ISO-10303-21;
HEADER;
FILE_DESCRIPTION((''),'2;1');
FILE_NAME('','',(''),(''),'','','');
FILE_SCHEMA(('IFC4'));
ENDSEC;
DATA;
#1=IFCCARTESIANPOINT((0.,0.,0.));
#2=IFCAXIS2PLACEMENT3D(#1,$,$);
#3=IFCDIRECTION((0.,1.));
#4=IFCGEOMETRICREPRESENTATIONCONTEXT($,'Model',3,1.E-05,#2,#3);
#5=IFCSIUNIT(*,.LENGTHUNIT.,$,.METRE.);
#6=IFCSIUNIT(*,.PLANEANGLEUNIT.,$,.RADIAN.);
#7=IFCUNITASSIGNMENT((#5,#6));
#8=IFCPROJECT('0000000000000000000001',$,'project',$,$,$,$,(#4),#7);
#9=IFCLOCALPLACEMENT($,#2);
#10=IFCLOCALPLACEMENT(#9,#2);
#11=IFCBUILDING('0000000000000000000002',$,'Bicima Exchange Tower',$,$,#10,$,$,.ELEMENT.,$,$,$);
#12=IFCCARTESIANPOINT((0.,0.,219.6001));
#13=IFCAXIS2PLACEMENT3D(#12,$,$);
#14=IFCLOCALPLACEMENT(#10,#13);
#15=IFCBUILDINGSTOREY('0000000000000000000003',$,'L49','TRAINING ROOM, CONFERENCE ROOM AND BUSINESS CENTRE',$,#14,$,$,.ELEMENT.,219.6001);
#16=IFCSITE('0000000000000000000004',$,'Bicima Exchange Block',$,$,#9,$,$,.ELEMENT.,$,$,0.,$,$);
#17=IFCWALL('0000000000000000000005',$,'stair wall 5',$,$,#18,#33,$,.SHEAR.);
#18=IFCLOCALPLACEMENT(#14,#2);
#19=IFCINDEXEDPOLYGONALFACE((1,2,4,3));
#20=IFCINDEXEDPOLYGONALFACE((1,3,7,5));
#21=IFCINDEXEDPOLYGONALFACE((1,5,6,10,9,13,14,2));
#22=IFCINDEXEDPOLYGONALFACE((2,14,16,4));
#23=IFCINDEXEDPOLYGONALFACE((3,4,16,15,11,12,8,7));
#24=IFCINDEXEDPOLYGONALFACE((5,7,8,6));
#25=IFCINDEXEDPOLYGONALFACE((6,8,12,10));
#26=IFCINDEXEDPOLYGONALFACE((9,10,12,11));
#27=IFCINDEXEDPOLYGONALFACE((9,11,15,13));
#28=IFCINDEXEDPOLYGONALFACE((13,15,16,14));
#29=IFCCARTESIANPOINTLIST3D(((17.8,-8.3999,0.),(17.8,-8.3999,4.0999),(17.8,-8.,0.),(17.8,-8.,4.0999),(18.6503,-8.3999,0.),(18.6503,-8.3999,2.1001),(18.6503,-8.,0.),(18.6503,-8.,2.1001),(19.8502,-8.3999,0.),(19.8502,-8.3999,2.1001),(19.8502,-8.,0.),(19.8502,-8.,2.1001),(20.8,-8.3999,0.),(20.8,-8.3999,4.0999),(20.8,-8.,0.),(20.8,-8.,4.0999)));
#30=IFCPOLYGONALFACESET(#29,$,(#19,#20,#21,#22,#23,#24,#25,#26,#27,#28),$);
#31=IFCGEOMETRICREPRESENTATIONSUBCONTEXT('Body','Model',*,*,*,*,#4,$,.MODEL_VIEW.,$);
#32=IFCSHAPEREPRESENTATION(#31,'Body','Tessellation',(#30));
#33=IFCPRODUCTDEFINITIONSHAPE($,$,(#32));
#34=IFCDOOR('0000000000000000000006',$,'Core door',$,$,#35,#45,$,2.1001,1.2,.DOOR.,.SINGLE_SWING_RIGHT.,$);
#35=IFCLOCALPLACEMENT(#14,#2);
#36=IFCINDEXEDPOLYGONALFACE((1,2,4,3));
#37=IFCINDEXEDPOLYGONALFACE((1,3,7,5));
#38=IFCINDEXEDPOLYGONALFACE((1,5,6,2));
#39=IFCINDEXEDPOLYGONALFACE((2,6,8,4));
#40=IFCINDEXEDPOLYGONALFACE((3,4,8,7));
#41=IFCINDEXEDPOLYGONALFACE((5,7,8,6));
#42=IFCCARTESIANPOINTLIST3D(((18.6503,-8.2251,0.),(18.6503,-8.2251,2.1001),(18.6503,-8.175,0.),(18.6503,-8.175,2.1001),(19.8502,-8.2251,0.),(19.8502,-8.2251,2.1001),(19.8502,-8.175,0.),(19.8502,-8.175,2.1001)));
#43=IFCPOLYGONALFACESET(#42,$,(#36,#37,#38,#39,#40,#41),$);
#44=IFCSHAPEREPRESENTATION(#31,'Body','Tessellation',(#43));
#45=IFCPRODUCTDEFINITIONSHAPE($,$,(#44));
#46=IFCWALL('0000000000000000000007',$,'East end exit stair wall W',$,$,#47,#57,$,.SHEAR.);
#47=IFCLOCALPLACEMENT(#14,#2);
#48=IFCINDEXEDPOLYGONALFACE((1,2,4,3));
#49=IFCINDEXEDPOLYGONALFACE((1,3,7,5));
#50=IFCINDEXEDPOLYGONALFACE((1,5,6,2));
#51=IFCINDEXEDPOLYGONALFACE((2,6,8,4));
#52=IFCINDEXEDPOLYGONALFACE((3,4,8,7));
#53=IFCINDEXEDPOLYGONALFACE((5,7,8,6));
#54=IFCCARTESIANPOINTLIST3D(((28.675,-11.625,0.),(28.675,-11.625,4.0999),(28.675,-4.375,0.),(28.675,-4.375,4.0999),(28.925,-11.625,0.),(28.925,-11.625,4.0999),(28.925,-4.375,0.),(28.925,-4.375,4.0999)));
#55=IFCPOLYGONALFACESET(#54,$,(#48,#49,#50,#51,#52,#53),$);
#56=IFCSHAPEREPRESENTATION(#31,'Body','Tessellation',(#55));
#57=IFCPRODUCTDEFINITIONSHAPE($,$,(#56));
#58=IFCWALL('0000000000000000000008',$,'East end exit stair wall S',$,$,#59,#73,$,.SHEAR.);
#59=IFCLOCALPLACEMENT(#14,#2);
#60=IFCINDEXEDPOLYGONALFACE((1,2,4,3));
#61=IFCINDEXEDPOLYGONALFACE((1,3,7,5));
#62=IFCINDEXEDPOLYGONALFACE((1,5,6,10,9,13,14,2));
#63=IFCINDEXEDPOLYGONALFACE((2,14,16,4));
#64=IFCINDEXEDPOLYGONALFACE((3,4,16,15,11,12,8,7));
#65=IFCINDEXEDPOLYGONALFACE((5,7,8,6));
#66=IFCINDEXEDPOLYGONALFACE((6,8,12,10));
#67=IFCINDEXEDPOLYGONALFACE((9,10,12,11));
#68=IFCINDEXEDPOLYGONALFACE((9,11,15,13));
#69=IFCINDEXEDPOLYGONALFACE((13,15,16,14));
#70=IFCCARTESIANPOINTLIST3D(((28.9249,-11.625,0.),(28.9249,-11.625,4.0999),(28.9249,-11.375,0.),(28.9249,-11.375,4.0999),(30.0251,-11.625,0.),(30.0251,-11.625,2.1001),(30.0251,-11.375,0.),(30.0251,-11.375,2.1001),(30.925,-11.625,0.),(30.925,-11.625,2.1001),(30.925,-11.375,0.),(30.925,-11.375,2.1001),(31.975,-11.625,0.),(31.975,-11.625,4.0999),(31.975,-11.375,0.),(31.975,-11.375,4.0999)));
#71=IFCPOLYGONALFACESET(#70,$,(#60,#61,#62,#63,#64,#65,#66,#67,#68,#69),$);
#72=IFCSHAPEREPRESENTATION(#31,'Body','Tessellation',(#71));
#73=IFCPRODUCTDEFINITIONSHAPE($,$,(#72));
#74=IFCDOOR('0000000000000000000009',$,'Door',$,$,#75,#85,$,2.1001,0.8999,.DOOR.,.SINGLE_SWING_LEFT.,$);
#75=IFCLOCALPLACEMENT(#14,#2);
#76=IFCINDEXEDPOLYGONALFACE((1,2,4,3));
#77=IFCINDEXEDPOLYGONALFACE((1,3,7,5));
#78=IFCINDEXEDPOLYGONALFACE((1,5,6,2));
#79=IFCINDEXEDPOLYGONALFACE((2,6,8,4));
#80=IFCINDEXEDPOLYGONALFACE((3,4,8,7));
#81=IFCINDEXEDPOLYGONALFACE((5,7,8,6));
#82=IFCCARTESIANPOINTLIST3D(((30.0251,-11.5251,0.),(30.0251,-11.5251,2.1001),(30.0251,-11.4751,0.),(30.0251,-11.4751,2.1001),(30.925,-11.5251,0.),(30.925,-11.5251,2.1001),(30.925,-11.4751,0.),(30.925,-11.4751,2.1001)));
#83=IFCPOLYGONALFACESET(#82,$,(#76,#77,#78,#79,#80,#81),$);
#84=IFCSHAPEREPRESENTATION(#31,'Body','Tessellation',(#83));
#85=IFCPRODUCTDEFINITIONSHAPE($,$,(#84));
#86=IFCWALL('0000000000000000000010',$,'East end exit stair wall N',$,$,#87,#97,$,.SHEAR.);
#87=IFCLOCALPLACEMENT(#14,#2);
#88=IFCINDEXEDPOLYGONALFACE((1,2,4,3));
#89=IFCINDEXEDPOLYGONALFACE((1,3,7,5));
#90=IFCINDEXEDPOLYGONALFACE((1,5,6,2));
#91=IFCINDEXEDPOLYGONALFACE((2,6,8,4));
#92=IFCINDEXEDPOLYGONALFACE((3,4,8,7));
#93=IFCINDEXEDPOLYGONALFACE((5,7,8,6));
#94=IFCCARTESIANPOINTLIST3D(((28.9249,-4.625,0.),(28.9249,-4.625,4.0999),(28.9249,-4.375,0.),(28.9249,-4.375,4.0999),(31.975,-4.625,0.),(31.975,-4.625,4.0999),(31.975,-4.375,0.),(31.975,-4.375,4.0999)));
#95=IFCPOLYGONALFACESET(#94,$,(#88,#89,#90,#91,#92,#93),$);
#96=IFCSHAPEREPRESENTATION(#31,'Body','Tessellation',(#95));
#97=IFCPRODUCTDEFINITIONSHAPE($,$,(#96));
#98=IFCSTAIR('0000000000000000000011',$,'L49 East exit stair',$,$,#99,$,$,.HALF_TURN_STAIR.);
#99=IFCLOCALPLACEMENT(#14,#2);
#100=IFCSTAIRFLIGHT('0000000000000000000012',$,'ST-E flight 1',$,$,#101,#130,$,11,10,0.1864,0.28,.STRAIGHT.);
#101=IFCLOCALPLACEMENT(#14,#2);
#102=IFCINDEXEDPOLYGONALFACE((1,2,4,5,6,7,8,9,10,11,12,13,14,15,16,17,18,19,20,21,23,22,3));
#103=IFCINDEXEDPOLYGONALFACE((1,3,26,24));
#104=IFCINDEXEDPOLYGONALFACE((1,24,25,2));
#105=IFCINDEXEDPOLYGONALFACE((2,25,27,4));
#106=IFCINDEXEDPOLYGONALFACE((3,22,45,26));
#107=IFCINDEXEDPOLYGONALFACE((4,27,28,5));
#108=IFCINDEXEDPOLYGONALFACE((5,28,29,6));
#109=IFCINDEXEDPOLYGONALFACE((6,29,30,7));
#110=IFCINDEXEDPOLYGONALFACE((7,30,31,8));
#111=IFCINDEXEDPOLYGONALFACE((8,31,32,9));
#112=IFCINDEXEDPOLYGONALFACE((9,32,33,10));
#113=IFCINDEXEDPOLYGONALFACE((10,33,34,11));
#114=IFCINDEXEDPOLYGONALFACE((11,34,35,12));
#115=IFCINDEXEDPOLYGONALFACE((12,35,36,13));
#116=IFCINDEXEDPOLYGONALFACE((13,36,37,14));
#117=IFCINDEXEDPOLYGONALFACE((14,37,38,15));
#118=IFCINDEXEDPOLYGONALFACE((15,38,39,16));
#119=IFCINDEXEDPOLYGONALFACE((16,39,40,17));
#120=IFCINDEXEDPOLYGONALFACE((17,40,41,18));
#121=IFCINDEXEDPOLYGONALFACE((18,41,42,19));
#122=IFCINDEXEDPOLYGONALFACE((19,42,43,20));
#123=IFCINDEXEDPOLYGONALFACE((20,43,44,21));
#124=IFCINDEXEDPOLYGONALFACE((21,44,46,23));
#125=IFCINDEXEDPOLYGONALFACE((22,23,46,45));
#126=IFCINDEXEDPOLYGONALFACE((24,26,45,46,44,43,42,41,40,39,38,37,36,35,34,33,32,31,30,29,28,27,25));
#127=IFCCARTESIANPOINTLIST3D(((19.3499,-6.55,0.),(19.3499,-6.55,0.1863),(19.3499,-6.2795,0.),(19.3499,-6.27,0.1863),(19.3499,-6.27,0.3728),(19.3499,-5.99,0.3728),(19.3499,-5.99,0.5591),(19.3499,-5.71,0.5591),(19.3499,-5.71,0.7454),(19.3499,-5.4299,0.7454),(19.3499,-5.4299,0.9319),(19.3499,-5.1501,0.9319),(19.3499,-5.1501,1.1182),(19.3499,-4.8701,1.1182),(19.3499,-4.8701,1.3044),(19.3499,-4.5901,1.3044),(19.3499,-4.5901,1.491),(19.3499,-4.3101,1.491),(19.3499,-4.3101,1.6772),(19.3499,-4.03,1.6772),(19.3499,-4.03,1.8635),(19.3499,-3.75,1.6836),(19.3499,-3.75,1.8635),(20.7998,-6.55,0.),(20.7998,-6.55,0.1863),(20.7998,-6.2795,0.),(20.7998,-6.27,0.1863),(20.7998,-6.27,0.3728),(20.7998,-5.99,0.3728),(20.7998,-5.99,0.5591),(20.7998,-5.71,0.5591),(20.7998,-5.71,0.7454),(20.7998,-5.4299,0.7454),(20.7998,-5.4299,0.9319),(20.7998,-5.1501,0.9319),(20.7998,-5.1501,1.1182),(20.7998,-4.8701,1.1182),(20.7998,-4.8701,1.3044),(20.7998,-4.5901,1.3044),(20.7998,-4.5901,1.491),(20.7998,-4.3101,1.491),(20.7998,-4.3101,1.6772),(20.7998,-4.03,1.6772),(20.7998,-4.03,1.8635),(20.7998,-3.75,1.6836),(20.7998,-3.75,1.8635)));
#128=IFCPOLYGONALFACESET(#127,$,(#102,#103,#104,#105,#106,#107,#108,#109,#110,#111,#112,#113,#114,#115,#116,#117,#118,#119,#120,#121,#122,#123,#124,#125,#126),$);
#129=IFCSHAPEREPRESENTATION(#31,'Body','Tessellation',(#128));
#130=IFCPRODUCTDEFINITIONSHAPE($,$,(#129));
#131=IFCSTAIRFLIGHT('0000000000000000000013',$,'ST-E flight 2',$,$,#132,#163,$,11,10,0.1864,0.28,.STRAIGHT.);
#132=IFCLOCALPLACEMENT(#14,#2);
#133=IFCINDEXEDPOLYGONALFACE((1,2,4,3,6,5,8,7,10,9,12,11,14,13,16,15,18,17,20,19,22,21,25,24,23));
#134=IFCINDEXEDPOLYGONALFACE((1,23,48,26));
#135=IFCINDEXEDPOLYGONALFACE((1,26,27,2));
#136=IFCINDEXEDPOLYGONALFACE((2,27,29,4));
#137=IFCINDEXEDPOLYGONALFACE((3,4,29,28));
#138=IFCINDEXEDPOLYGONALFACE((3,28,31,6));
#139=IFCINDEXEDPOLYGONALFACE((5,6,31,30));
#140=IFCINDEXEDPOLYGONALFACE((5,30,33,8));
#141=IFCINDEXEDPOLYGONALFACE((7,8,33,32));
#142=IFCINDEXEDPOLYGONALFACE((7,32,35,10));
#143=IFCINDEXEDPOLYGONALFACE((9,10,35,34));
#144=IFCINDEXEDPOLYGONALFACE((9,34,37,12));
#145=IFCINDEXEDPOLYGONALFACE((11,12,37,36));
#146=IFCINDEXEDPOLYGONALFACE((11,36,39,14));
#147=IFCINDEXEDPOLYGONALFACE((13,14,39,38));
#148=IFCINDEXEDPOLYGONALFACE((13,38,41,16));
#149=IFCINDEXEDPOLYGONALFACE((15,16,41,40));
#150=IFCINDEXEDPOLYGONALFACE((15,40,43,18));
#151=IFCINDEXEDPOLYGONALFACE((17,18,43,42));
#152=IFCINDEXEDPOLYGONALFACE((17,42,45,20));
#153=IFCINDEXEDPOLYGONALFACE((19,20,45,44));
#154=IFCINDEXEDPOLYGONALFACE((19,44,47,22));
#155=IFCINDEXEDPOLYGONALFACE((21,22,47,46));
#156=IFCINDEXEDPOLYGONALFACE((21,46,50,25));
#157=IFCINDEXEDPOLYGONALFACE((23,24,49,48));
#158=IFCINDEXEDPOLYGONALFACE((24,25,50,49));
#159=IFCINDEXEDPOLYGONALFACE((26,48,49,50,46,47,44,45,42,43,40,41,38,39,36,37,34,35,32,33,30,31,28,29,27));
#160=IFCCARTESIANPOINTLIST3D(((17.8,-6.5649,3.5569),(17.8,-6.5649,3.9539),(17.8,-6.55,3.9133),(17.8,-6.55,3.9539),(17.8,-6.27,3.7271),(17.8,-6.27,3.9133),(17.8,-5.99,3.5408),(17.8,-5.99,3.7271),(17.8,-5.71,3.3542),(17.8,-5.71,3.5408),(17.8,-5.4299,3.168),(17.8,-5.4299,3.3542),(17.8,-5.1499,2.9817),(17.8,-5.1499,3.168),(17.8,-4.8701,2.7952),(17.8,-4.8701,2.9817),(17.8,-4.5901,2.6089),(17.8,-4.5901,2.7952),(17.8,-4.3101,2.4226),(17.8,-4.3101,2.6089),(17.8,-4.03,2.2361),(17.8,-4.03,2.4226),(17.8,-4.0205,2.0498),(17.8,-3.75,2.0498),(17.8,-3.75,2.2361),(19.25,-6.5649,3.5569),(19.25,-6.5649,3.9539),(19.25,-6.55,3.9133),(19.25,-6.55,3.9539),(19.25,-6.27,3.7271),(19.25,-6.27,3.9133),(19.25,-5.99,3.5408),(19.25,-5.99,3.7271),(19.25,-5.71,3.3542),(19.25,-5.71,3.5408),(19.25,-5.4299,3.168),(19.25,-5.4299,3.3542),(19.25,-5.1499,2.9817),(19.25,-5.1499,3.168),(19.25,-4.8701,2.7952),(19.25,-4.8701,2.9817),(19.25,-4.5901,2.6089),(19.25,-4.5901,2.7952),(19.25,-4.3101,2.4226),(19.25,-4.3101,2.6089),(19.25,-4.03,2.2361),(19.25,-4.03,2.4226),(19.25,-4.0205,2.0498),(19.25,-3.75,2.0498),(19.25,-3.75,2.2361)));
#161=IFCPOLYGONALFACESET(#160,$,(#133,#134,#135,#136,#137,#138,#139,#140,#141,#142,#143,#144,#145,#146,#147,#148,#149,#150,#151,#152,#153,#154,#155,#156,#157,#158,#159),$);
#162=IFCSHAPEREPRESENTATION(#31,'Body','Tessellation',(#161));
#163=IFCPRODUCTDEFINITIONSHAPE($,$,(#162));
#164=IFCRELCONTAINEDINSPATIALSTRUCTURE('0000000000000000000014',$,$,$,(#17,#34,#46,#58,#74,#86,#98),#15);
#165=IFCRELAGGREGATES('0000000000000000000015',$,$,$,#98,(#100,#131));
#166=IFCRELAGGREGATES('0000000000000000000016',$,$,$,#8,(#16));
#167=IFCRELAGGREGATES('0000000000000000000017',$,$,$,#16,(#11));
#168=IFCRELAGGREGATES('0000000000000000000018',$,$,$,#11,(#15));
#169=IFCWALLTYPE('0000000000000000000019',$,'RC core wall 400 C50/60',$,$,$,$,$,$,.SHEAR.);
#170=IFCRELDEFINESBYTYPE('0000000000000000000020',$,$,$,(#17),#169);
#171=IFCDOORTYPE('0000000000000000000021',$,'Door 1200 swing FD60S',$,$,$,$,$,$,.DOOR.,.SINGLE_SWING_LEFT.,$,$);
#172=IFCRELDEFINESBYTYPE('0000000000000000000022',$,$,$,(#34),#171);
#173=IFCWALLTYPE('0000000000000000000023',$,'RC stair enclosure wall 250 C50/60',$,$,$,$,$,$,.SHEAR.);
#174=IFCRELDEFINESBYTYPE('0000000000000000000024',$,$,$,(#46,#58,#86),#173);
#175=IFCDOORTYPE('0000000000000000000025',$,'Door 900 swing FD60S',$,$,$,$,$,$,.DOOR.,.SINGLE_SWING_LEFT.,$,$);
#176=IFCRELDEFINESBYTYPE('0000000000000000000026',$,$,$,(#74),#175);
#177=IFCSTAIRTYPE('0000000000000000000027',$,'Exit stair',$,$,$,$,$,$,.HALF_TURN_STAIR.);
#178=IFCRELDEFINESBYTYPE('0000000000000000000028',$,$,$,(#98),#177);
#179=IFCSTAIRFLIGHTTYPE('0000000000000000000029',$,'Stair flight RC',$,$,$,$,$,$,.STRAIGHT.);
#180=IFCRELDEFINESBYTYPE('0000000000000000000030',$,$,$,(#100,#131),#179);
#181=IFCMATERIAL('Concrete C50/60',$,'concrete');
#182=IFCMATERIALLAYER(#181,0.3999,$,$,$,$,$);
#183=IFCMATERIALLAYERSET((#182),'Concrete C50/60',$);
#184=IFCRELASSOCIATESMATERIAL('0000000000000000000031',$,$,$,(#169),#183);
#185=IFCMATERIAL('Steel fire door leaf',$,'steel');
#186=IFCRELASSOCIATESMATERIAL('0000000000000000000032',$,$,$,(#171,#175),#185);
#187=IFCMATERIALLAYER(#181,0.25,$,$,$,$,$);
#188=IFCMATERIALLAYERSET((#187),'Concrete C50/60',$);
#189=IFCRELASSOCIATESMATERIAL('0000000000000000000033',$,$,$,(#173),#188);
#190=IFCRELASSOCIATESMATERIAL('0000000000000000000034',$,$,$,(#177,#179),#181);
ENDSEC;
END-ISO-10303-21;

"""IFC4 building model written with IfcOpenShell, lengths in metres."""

from ifc_helpers import new_model, si_unit, direction, frame, frame_2d, origin, place, context, subcontext, project, spatial, polyline, rectangle, outline, extrude, material, layer, layer_set, type_object, element, fill, aggregate, save


model = new_model("IFC4")

# Units and contexts
model_context = context("Model", 3, precision=1e-05, world=origin(), true_north=direction((0.0, 1.0)))
body_context = subcontext(model_context, "Body", "Model", "MODEL_VIEW")
ifc_project = project(units=[si_unit("LENGTHUNIT", "METRE"), si_unit("PLANEANGLEUNIT", "RADIAN")], contexts=[model_context])

# Site, building, storey
site_placement = place(None, origin())
site = spatial("IfcSite", under=ifc_project, at=site_placement, Name="Bicima Exchange Block", CompositionType="ELEMENT", RefElevation=0.0)
building_placement = place(site_placement, origin())
building = spatial("IfcBuilding", under=site, at=building_placement, Name="Bicima Exchange Tower", CompositionType="ELEMENT")
storey_placement = place(building_placement, frame((0.0, 0.0, 219.6001)))
storey = spatial("IfcBuildingStorey", under=building, at=storey_placement, Name="L49", Description="TRAINING ROOM, CONFERENCE ROOM AND BUSINESS CENTRE", CompositionType="ELEMENT", Elevation=219.6001)

# Shared definitions
ifc_material_1 = material(Name="Concrete C50/60", Category="concrete")

# Wall, opening, door
ifc_layer_1 = layer(ifc_material_1, 0.3999)
ifc_layer_set_1 = layer_set([ifc_layer_1], Name="Concrete C50/60")
wall_type_1 = type_object("IfcWallType", Name="RC core wall 400 C50/60", PredefinedType="SHEAR", material=ifc_layer_set_1)
wall_1_placement = place(storey_placement, frame((17.8, -8.2, 0.0), z_axis=(0.0, 0.0, 1.0), x_axis=(1.0, 0.0, 0.0)))
wall_1 = element("IfcWall", 1, at=wall_1_placement, inside=storey, type_object=wall_type_1, Name="stair wall 5", PredefinedType="SHEAR", context=body_context, shape_type="SweptSolid", body=[
    extrude(rectangle(XDim=3.0, YDim=0.3999, at=frame_2d((1.5, 0.0))), origin(), (0.0, 0.0, 1.0), 4.0999),
])
opening_1_placement = place(wall_1_placement, frame((0.8501, 0.0, 0.0)))
opening_1 = element("IfcOpeningElement", 2, at=opening_1_placement, cuts=wall_1, PredefinedType="OPENING", context=body_context, shape_type="SweptSolid", body=[
    extrude(rectangle(XDim=1.2, YDim=2.1001, at=frame_2d((0.6001, 1.05))), frame((0.0, 0.2119, 0.0), z_axis=(0.0, -1.0, 0.0), x_axis=(1.0, 0.0, 0.0)), (0.0, 0.0, 1.0), 0.4238),
])
ifc_material_2 = material(Name="Steel fire door leaf", Category="steel")
door_type_1 = type_object("IfcDoorType", Name="Door 1200 swing FD60S", OperationType="SINGLE_SWING_LEFT", PredefinedType="DOOR", material=ifc_material_2)
door_1_placement = place(opening_1_placement, origin())
door_1 = element("IfcDoor", 3, at=door_1_placement, inside=storey, type_object=door_type_1, Name="Core door", OperationType="SINGLE_SWING_RIGHT", OverallHeight=2.1001, OverallWidth=1.2, PredefinedType="DOOR", context=body_context, shape_type="SweptSolid", body=[
    extrude(rectangle(XDim=1.2, YDim=2.1001, at=frame_2d((0.6001, 1.05))), frame((0.0, 0.0249, 0.0), z_axis=(0.0, -1.0, 0.0), x_axis=(1.0, 0.0, 0.0)), (0.0, 0.0, 1.0), 0.05),
])
fill(opening_1, door_1)

# Wall
ifc_layer_2 = layer(ifc_material_1, 0.25)
ifc_layer_set_2 = layer_set([ifc_layer_2], Name="Concrete C50/60")
wall_type_2 = type_object("IfcWallType", Name="RC stair enclosure wall 250 C50/60", PredefinedType="SHEAR", material=ifc_layer_set_2)
wall_2_placement = place(storey_placement, frame((28.8, -11.625, 0.0), z_axis=(0.0, 0.0, 1.0), x_axis=(0.0, 1.0, 0.0)))
element("IfcWall", 4, at=wall_2_placement, inside=storey, type_object=wall_type_2, Name="East end exit stair wall W", PredefinedType="SHEAR", context=body_context, shape_type="SweptSolid", body=[
    extrude(rectangle(XDim=7.25, YDim=0.25, at=frame_2d((3.625, 0.0))), origin(), (0.0, 0.0, 1.0), 4.0999),
])

# Wall, opening, door
wall_3_placement = place(storey_placement, frame((28.925, -11.5, 0.0), z_axis=(0.0, 0.0, 1.0), x_axis=(1.0, 0.0, 0.0)))
wall_3 = element("IfcWall", 5, at=wall_3_placement, inside=storey, type_object=wall_type_2, Name="East end exit stair wall S", PredefinedType="SHEAR", context=body_context, shape_type="SweptSolid", body=[
    extrude(rectangle(XDim=3.05, YDim=0.25, at=frame_2d((1.5249, 0.0))), origin(), (0.0, 0.0, 1.0), 4.0999),
])
opening_2_placement = place(wall_3_placement, frame((1.1001, 0.0, 0.0)))
opening_2 = element("IfcOpeningElement", 6, at=opening_2_placement, cuts=wall_3, PredefinedType="OPENING", context=body_context, shape_type="SweptSolid", body=[
    extrude(rectangle(XDim=0.8999, YDim=2.1001, at=frame_2d((0.45, 1.05))), frame((0.0, 0.137, 0.0), z_axis=(0.0, -1.0, 0.0), x_axis=(1.0, 0.0, 0.0)), (0.0, 0.0, 1.0), 0.2739),
])
door_type_2 = type_object("IfcDoorType", Name="Door 900 swing FD60S", OperationType="SINGLE_SWING_LEFT", PredefinedType="DOOR", material=ifc_material_2)
door_2_placement = place(opening_2_placement, origin())
door_2 = element("IfcDoor", 7, at=door_2_placement, inside=storey, type_object=door_type_2, Name="Door", OperationType="SINGLE_SWING_LEFT", OverallHeight=2.1001, OverallWidth=0.8999, PredefinedType="DOOR", context=body_context, shape_type="SweptSolid", body=[
    extrude(rectangle(XDim=0.8999, YDim=2.1001, at=frame_2d((0.45, 1.05))), frame((0.0, 0.0249, 0.0), z_axis=(0.0, -1.0, 0.0), x_axis=(1.0, 0.0, 0.0)), (0.0, 0.0, 1.0), 0.05),
])
fill(opening_2, door_2)

# Wall
wall_4_placement = place(storey_placement, frame((28.925, -4.5, 0.0), z_axis=(0.0, 0.0, 1.0), x_axis=(1.0, 0.0, 0.0)))
element("IfcWall", 8, at=wall_4_placement, inside=storey, type_object=wall_type_2, Name="East end exit stair wall N", PredefinedType="SHEAR", context=body_context, shape_type="SweptSolid", body=[
    extrude(rectangle(XDim=3.05, YDim=0.25, at=frame_2d((1.5249, 0.0))), origin(), (0.0, 0.0, 1.0), 4.0999),
])

# Stair, stair flights
stair_type = type_object("IfcStairType", Name="Exit stair", PredefinedType="HALF_TURN_STAIR", material=ifc_material_1)
stair_1_placement = place(storey_placement, origin())
stair_1 = element("IfcStair", 9, at=stair_1_placement, inside=storey, type_object=stair_type, Name="L49 East exit stair", PredefinedType="HALF_TURN_STAIR")
stair_flight_type = type_object("IfcStairFlightType", Name="Stair flight RC", PredefinedType="STRAIGHT", material=ifc_material_1)
stair_flight_1_placement = place(storey_placement, frame((20.075, -6.55, 0.0), z_axis=(0.0, 0.0, 1.0), x_axis=(0.0, 1.0, 0.0)))
stair_flight_1 = element("IfcStairFlight", 10, at=stair_flight_1_placement, type_object=stair_flight_type, Name="ST-E flight 1", NumberOfRisers=11, NumberOfTreads=10, PredefinedType="STRAIGHT", RiserHeight=0.1864, TreadLength=0.28, context=body_context, shape_type="SweptSolid", body=[
    extrude(outline(polyline([(0.0, 0.0), (0.0, 0.1863), (0.28, 0.1863), (0.28, 0.3728), (0.5601, 0.3728), (0.5601, 0.5591), (0.8401, 0.5591), (0.8401, 0.7454), (1.1201, 0.7454), (1.1201, 0.9319), (1.3999, 0.9319), (1.3999, 1.1182), (1.6799, 1.1182), (1.6799, 1.3044), (1.96, 1.3044), (1.96, 1.491), (2.24, 1.491), (2.24, 1.6772), (2.52, 1.6772), (2.52, 1.8635), (2.8, 1.8635), (2.8, 2.05), (2.8, 1.6836), (0.2705, 0.0), (0.0, 0.0)])), frame((0.0, 0.7251, 0.0), z_axis=(0.0, -1.0, 0.0), x_axis=(1.0, 0.0, 0.0)), (0.0, 0.0, 1.0), 1.45),
])
stair_flight_2_placement = place(storey_placement, frame((18.5249, -3.75, 2.0498), z_axis=(0.0, 0.0, 1.0), x_axis=(0.0, -1.0, 0.0)))
stair_flight_2 = element("IfcStairFlight", 11, at=stair_flight_2_placement, type_object=stair_flight_type, Name="ST-E flight 2", NumberOfRisers=11, NumberOfTreads=10, PredefinedType="STRAIGHT", RiserHeight=0.1864, TreadLength=0.28, context=body_context, shape_type="SweptSolid", body=[
    extrude(outline(polyline([(0.0, 0.0), (0.0, 0.1863), (0.28, 0.1863), (0.28, 0.3728), (0.5601, 0.3728), (0.5601, 0.5591), (0.8401, 0.5591), (0.8401, 0.7454), (1.1201, 0.7454), (1.1201, 0.9319), (1.3999, 0.9319), (1.3999, 1.1182), (1.6799, 1.1182), (1.6799, 1.3044), (1.96, 1.3044), (1.96, 1.491), (2.24, 1.491), (2.24, 1.6772), (2.52, 1.6772), (2.52, 1.8635), (2.8, 1.8635), (2.8, 1.9041), (2.8149, 1.9041), (2.8149, 1.5071), (0.2705, 0.0), (0.0, 0.0)])), frame((0.0, 0.7251, 0.0), z_axis=(0.0, -1.0, 0.0), x_axis=(1.0, 0.0, 0.0)), (0.0, 0.0, 1.0), 1.45),
])
aggregate(stair_1, [stair_flight_1, stair_flight_2])

save(model, "model.ifc")
